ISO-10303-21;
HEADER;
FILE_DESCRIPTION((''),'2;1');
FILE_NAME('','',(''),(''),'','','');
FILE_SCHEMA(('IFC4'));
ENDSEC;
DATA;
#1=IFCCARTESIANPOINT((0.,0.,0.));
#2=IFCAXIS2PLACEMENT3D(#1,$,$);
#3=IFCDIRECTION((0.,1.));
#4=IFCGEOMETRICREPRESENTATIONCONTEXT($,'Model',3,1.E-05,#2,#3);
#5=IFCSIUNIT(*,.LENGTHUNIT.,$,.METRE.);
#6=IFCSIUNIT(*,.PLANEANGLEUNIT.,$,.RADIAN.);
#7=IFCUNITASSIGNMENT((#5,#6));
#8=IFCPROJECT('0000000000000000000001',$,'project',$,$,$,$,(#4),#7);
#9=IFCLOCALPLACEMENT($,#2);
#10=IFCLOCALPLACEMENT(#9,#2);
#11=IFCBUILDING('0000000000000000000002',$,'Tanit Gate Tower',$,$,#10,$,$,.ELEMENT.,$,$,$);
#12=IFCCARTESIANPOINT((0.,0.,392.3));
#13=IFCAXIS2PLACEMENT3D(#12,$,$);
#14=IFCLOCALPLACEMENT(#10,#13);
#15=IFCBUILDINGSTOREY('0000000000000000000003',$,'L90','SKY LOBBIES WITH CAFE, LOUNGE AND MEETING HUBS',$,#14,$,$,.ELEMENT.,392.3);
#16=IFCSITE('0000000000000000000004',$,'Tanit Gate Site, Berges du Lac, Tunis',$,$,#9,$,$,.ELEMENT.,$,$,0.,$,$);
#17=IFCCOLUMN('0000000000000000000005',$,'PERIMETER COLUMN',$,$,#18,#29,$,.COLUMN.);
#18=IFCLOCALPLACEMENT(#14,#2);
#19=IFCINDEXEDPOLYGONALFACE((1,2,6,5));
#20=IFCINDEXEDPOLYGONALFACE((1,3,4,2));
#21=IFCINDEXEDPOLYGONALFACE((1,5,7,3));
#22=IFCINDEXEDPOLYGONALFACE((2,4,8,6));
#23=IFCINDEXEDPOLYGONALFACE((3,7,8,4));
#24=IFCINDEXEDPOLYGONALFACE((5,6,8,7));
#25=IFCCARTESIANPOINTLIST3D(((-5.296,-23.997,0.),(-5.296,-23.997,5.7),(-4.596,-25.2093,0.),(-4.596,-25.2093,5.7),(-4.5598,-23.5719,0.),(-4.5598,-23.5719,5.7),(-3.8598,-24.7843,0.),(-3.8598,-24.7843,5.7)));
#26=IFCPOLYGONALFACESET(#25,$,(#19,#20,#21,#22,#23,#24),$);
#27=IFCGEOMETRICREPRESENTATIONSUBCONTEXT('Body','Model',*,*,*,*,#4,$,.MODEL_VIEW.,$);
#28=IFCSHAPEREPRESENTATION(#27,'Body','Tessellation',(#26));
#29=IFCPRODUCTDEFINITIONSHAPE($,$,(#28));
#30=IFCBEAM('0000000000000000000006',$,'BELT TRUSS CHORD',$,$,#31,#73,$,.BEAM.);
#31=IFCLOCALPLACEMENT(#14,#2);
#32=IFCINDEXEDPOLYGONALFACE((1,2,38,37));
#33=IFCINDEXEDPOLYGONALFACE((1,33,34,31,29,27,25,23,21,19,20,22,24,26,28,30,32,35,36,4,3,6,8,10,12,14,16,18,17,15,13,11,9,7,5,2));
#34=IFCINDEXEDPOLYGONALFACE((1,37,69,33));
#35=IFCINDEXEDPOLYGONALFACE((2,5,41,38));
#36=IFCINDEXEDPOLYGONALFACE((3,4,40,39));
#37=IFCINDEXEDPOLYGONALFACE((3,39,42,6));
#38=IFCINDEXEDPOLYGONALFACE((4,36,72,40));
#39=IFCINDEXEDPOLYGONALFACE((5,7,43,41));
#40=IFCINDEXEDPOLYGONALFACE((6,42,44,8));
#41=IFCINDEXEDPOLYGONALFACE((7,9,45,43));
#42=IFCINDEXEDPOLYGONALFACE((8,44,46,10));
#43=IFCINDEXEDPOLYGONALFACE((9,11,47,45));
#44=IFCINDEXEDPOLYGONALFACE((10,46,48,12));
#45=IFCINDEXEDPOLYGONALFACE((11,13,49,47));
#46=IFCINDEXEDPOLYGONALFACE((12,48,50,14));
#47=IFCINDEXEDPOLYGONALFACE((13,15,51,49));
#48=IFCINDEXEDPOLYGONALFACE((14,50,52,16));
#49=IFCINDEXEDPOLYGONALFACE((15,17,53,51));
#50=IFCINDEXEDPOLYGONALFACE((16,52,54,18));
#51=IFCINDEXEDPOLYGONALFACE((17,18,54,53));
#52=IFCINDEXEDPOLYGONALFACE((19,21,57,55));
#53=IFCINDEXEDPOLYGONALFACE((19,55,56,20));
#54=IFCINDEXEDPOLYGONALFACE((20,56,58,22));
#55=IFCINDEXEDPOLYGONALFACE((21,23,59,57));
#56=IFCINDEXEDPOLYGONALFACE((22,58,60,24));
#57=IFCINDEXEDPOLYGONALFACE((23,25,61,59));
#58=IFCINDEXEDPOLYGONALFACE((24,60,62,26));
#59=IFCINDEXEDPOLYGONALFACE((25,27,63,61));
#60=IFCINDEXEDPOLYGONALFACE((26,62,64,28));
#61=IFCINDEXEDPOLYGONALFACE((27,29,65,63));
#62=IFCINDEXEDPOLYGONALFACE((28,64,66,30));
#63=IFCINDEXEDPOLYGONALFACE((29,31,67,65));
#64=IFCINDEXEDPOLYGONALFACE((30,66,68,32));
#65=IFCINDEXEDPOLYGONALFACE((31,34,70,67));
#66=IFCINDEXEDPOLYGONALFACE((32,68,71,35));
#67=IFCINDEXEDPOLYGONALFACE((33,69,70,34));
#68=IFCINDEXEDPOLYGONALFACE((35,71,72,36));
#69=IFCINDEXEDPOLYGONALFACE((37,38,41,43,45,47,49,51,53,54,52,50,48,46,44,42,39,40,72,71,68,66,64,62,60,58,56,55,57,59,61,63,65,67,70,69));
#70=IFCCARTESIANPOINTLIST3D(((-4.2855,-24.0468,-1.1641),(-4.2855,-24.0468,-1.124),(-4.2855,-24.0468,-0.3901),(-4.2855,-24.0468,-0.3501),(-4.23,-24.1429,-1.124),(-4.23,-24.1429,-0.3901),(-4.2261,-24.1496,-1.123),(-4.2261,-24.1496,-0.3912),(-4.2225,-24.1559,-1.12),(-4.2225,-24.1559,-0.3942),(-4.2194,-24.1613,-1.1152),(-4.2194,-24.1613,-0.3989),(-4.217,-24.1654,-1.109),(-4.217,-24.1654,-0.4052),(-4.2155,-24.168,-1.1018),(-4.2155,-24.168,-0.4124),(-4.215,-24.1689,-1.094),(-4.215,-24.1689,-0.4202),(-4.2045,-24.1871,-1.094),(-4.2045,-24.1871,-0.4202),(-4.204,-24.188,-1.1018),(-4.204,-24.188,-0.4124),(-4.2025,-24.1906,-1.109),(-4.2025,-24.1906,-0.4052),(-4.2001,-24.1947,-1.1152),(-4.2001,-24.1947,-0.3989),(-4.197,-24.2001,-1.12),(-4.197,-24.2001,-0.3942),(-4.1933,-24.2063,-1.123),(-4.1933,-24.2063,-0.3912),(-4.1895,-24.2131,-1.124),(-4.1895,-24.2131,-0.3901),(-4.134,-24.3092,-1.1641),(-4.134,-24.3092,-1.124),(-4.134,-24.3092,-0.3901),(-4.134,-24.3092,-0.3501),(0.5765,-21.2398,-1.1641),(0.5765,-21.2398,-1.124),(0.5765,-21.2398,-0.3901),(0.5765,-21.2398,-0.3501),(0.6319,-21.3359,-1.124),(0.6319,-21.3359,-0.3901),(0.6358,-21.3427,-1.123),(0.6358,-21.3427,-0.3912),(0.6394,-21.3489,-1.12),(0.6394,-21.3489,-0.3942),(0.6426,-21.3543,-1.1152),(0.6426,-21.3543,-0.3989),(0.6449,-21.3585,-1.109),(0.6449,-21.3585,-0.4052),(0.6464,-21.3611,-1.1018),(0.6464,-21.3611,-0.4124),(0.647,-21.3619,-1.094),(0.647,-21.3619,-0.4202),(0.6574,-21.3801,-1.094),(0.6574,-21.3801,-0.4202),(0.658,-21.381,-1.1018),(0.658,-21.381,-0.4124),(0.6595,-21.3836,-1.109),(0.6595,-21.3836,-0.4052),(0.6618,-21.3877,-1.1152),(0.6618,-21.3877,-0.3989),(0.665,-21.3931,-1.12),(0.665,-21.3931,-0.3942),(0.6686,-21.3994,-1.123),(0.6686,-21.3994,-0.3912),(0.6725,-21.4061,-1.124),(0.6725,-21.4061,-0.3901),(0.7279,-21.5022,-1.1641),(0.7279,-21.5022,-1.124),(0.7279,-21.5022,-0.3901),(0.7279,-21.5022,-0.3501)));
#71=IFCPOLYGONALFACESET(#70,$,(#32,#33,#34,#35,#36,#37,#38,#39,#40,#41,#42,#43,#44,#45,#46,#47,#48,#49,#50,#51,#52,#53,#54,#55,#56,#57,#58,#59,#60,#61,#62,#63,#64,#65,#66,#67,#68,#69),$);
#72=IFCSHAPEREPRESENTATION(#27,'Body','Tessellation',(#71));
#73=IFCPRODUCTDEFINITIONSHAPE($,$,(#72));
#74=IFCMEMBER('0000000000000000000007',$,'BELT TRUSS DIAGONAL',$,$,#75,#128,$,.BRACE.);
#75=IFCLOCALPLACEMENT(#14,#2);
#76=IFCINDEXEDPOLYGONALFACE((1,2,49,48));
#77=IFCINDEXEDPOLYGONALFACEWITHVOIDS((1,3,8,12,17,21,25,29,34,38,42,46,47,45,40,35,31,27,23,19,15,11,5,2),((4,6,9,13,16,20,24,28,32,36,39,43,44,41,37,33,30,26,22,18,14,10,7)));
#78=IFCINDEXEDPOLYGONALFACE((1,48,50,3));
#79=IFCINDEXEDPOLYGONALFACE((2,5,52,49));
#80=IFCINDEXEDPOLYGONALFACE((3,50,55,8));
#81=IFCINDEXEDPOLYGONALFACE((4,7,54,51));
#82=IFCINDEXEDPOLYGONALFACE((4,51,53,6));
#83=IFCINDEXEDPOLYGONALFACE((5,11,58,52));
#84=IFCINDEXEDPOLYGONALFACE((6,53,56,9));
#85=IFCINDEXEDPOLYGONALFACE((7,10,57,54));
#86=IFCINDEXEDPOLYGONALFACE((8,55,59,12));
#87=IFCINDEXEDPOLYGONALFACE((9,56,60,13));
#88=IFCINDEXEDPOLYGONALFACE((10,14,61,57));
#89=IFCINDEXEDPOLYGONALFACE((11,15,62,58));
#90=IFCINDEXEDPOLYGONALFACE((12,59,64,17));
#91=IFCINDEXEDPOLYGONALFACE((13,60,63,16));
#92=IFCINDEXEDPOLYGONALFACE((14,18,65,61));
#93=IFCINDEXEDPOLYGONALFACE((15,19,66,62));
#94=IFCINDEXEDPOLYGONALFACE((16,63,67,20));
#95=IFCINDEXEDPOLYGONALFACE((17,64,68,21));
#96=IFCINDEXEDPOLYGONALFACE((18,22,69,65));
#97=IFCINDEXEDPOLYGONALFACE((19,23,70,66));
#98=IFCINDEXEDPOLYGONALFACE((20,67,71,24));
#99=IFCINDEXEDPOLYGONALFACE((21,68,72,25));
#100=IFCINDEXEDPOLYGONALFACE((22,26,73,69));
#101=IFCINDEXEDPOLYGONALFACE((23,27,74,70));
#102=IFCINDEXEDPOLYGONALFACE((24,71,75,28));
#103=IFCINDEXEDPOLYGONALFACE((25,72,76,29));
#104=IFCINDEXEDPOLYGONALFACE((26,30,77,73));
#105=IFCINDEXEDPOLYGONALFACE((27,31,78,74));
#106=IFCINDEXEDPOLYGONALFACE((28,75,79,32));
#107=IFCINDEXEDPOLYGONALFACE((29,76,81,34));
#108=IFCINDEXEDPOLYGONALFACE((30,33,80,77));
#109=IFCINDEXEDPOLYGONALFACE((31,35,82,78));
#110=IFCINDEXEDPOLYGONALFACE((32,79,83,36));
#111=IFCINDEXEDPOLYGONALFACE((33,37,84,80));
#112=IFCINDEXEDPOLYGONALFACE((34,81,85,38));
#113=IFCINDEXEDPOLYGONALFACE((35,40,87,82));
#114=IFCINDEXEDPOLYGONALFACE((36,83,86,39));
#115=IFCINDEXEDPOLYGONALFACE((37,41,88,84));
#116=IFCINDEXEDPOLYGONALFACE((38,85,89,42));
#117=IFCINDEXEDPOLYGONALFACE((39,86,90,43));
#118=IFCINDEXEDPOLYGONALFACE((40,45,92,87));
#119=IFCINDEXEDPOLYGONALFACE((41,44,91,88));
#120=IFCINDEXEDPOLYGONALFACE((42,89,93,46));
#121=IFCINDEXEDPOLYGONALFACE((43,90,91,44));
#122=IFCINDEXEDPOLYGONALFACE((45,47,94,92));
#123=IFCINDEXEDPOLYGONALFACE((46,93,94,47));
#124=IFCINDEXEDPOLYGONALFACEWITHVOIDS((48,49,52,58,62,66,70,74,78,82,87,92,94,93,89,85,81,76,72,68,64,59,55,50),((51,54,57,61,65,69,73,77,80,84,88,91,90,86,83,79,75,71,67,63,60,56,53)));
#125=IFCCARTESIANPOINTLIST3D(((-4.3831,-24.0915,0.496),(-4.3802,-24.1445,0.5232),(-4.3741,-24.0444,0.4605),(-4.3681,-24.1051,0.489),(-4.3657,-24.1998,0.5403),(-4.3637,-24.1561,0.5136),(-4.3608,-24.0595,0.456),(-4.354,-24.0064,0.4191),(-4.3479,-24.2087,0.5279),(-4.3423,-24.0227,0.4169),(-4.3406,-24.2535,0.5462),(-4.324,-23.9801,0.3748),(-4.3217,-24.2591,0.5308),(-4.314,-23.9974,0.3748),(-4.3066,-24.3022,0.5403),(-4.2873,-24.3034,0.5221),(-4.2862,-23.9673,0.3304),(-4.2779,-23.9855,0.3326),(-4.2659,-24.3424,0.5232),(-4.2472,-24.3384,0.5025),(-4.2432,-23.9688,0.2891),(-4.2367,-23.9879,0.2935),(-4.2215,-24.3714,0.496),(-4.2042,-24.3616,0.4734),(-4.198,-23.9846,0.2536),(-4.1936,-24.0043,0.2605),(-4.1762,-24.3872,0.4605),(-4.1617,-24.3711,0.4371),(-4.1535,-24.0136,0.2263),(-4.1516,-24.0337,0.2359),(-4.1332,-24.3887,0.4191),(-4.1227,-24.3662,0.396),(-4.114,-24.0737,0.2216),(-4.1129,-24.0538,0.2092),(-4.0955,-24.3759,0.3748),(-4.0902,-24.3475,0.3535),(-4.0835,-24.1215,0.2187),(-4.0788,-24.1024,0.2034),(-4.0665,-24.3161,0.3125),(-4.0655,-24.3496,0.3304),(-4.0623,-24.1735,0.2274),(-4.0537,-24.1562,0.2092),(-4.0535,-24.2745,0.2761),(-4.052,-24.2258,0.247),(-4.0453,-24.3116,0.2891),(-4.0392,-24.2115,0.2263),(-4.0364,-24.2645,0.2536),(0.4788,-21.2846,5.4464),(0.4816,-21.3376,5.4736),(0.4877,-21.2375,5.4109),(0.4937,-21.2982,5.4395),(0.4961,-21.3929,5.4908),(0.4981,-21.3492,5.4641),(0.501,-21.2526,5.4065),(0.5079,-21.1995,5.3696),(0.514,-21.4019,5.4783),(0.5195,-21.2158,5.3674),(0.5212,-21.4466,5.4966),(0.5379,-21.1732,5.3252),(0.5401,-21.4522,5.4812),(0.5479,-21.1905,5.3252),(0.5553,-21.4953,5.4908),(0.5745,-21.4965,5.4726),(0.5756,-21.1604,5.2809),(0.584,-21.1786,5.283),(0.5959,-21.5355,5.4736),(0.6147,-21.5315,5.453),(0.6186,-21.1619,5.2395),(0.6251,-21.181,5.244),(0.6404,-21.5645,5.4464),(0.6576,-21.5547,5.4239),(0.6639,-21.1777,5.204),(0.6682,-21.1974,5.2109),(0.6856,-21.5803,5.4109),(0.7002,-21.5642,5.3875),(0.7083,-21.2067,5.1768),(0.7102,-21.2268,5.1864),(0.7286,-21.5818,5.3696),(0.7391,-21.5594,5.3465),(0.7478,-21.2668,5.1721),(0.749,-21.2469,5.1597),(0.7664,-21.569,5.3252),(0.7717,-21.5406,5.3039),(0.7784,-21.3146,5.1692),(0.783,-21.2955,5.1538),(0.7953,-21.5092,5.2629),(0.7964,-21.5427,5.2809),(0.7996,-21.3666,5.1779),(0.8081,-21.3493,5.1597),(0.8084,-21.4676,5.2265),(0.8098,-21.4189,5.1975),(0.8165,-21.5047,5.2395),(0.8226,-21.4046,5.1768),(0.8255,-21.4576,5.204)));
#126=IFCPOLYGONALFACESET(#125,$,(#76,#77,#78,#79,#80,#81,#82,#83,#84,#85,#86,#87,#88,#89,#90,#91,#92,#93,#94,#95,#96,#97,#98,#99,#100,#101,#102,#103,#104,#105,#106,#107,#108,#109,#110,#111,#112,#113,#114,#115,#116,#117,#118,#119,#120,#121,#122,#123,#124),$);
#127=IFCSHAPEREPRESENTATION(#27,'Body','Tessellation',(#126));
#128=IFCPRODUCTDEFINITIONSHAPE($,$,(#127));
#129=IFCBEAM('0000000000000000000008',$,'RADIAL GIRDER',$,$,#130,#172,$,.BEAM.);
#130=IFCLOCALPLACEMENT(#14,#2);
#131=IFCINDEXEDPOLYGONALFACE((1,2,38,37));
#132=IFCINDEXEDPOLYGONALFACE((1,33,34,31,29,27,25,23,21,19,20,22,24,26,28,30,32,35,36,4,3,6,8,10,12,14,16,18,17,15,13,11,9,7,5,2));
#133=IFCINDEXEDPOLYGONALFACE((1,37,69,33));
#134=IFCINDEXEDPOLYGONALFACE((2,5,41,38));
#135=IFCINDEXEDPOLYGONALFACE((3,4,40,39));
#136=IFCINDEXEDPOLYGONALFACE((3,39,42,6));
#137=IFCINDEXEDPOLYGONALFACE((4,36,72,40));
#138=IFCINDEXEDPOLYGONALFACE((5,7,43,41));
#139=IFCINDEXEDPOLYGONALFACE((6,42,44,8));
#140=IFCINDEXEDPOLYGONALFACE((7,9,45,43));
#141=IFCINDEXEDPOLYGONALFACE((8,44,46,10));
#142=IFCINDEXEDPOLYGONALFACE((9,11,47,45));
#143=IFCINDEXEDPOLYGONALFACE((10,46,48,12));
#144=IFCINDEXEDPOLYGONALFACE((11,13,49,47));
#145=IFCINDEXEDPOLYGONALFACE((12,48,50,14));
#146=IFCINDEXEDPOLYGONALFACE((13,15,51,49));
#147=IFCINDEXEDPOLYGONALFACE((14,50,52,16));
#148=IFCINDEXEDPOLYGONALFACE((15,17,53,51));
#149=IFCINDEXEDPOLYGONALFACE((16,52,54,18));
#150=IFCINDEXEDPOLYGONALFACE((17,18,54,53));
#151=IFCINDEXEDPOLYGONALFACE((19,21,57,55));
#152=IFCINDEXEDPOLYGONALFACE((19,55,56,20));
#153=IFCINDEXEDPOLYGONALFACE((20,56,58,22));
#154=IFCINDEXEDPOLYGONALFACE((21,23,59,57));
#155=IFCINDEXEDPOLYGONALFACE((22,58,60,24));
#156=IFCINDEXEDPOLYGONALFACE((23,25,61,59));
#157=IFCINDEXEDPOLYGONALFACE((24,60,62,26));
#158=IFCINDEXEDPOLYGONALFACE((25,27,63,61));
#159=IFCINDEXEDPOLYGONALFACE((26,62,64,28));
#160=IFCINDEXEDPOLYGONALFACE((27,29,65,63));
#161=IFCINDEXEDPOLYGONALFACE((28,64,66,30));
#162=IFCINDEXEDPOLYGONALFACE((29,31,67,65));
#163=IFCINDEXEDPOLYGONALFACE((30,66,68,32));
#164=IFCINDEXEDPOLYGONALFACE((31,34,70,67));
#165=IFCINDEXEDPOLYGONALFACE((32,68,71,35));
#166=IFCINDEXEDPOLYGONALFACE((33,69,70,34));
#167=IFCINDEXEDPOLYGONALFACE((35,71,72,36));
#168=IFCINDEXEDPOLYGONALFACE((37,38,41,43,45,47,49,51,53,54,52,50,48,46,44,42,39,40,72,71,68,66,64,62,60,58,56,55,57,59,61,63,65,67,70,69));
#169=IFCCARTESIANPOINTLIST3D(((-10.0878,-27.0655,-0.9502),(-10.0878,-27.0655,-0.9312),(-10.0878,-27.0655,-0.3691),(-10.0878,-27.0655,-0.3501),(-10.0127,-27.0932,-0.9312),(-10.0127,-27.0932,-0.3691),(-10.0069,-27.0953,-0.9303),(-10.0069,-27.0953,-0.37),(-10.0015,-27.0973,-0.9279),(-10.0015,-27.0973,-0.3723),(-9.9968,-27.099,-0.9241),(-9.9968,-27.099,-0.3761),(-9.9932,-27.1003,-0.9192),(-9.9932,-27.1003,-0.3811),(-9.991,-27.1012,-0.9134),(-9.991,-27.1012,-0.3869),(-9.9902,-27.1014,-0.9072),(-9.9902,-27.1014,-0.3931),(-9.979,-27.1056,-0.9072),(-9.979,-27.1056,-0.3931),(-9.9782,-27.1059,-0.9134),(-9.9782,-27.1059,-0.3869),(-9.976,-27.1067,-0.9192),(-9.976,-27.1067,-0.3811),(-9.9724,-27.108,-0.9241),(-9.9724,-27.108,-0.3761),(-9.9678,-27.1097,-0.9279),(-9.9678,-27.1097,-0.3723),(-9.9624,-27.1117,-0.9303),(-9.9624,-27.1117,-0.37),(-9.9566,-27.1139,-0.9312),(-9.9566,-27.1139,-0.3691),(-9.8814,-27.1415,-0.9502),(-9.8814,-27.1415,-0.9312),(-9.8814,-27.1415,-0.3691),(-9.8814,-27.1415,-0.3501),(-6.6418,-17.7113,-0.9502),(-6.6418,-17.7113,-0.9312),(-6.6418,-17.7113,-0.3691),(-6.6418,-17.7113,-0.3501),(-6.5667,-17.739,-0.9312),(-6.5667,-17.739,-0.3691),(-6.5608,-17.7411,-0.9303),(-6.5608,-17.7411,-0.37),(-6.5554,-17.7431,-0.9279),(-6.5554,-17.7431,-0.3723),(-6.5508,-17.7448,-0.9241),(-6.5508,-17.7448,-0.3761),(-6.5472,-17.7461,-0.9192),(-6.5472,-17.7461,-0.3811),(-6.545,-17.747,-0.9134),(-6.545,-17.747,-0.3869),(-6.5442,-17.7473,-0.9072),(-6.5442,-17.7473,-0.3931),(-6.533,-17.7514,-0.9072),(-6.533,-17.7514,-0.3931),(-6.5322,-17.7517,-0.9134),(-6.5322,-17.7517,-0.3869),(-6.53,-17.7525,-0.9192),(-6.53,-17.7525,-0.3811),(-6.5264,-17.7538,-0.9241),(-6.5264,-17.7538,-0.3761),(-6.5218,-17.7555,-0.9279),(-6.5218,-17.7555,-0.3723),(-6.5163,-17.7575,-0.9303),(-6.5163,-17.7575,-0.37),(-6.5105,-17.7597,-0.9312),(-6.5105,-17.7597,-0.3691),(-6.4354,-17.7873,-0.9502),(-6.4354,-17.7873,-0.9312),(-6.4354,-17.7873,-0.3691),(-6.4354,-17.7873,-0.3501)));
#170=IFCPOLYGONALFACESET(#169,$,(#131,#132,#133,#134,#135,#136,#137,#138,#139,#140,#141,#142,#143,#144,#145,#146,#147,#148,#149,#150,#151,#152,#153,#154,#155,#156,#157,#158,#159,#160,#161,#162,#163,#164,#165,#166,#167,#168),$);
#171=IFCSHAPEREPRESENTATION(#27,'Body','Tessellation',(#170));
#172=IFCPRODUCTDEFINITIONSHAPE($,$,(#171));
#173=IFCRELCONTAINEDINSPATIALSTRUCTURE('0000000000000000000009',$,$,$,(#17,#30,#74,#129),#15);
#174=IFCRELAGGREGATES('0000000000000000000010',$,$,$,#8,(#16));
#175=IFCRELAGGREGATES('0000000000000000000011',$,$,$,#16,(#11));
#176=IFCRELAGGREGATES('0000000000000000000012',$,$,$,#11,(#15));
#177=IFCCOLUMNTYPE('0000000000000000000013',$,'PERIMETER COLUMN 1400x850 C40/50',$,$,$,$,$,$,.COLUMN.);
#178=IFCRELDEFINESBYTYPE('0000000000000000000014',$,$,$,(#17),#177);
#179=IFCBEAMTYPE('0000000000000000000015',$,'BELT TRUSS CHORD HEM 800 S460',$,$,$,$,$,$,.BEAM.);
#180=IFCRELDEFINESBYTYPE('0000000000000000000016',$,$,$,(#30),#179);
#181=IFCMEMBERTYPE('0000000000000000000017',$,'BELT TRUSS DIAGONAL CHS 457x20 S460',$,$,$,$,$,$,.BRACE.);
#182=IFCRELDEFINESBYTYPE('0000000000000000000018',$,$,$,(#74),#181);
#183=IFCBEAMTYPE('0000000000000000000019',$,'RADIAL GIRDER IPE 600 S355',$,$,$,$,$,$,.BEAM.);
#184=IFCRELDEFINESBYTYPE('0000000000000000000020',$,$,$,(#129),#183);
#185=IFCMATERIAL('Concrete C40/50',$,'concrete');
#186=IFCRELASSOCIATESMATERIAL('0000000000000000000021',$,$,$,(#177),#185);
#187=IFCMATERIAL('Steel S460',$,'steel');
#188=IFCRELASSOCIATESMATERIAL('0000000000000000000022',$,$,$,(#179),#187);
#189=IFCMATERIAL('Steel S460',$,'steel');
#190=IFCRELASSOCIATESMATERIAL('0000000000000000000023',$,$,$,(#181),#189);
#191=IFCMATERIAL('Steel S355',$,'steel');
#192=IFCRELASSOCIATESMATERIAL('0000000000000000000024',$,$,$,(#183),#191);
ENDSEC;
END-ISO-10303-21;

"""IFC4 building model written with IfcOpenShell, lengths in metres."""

from ifc_helpers import new_model, si_unit, direction, frame, origin, origin_2d, place, context, subcontext, project, spatial, rectangle, hollow_circle, i_section, extrude, material, material_profile, profile_set, type_object, element, save


model = new_model("IFC4")

# Units and contexts
model_context = context("Model", 3, precision=1e-05, world=origin(), true_north=direction((0.0, 1.0)))
body_context = subcontext(model_context, "Body", "Model", "MODEL_VIEW")
ifc_project = project(units=[si_unit("LENGTHUNIT", "METRE"), si_unit("PLANEANGLEUNIT", "RADIAN")], contexts=[model_context])

# Site, building, storey
site_placement = place(None, origin())
site = spatial("IfcSite", under=ifc_project, at=site_placement, Name="Tanit Gate Site, Berges du Lac, Tunis", CompositionType="ELEMENT", RefElevation=0.0)
building_placement = place(site_placement, origin())
building = spatial("IfcBuilding", under=site, at=building_placement, Name="Tanit Gate Tower", CompositionType="ELEMENT")
storey_placement = place(building_placement, frame((0.0, 0.0, 392.3)))
storey = spatial("IfcBuildingStorey", under=building, at=storey_placement, Name="L90", Description="SKY LOBBIES WITH CAFE, LOUNGE AND MEETING HUBS", CompositionType="ELEMENT", Elevation=392.3)

# Column
ifc_material_1 = material(Name="Concrete C40/50", Category="concrete")
ifc_material_profile_1 = material_profile(ifc_material_1, rectangle(XDim=1.3999, YDim=0.8501, at=origin_2d()), Name="RC 1400x850")
ifc_profile_set_1 = profile_set([ifc_material_profile_1], Name="Concrete C40/50")
column_type = type_object("IfcColumnType", Name="PERIMETER COLUMN 1400x850 C40/50", PredefinedType="COLUMN", material=ifc_profile_set_1)
column_placement = place(storey_placement, frame((-4.5779, -24.3906, 0.0), z_axis=(0.0, 0.0, 1.0), x_axis=(0.5, -0.866025, 0.0)))
element("IfcColumn", 1, at=column_placement, inside=storey, type_object=column_type, Name="PERIMETER COLUMN", PredefinedType="COLUMN", context=body_context, shape_type="SweptSolid", body=[
    extrude(rectangle(XDim=1.3999, YDim=0.8501, at=origin_2d()), origin(), (0.0, 0.0, 1.0), 5.7),
])

# Beam
ifc_material_2 = material(Name="Steel S460", Category="steel")
ifc_material_profile_2 = material_profile(ifc_material_2, i_section(OverallWidth=0.303, OverallDepth=0.814, WebThickness=0.021, FlangeThickness=0.04, FilletRadius=0.03, at=origin_2d()), Name="HEM 800")
ifc_profile_set_2 = profile_set([ifc_material_profile_2], Name="Steel S460")
beam_type_1 = type_object("IfcBeamType", Name="BELT TRUSS CHORD HEM 800 S460", PredefinedType="BEAM", material=ifc_profile_set_2)
beam_1_placement = place(storey_placement, frame((-4.2097, -24.178, -0.7571), z_axis=(0.866032, 0.499988, 0.0), x_axis=(-0.499988, 0.866032, 0.0)))
element("IfcBeam", 2, at=beam_1_placement, inside=storey, type_object=beam_type_1, Name="BELT TRUSS CHORD", PredefinedType="BEAM", context=body_context, shape_type="SweptSolid", body=[
    extrude(i_section(OverallWidth=0.303, OverallDepth=0.814, WebThickness=0.021, FlangeThickness=0.04, FilletRadius=0.03, at=origin_2d()), origin(), (0.0, 0.0, 1.0), 5.614),
])

# Member
ifc_material_3 = material(Name="Steel S460", Category="steel")
ifc_material_profile_3 = material_profile(ifc_material_3, hollow_circle(Radius=0.2285, WallThickness=0.02, at=origin_2d()), Name="CHS 457x20")
ifc_profile_set_3 = profile_set([ifc_material_profile_3], Name="Steel S460")
member_type = type_object("IfcMemberType", Name="BELT TRUSS DIAGONAL CHS 457x20 S460", PredefinedType="BRACE", material=ifc_profile_set_3)
member_placement = place(storey_placement, frame((-4.2097, -24.178, 0.3748), z_axis=(0.649556, 0.37501, 0.661396), x_axis=(-0.499988, 0.866032, 0.0)))
element("IfcMember", 3, at=member_placement, inside=storey, type_object=member_type, Name="BELT TRUSS DIAGONAL", PredefinedType="BRACE", context=body_context, shape_type="SweptSolid", body=[
    extrude(hollow_circle(Radius=0.2285, WallThickness=0.02, at=origin_2d()), origin(), (0.0, 0.0, 1.0), 7.4849),
])

# Beam
ifc_material_4 = material(Name="Steel S355", Category="steel")
ifc_material_profile_4 = material_profile(ifc_material_4, i_section(OverallWidth=0.22, OverallDepth=0.6001, WebThickness=0.012, FlangeThickness=0.019, FilletRadius=0.0239, at=origin_2d()), Name="IPE 600")
ifc_profile_set_4 = profile_set([ifc_material_profile_4], Name="Steel S355")
beam_type_2 = type_object("IfcBeamType", Name="RADIAL GIRDER IPE 600 S355", PredefinedType="BEAM", material=ifc_profile_set_4)
beam_2_placement = place(storey_placement, frame((-9.9846, -27.1035, -0.6501), z_axis=(0.345683, 0.938351, 0.0), x_axis=(-0.938351, 0.345683, 0.0)))
element("IfcBeam", 4, at=beam_2_placement, inside=storey, type_object=beam_type_2, Name="RADIAL GIRDER", PredefinedType="BEAM", context=body_context, shape_type="SweptSolid", body=[
    extrude(i_section(OverallWidth=0.22, OverallDepth=0.6001, WebThickness=0.012, FlangeThickness=0.019, FilletRadius=0.0239, at=origin_2d()), origin(), (0.0, 0.0, 1.0), 9.9688),
])

save(model, "model.ifc")
